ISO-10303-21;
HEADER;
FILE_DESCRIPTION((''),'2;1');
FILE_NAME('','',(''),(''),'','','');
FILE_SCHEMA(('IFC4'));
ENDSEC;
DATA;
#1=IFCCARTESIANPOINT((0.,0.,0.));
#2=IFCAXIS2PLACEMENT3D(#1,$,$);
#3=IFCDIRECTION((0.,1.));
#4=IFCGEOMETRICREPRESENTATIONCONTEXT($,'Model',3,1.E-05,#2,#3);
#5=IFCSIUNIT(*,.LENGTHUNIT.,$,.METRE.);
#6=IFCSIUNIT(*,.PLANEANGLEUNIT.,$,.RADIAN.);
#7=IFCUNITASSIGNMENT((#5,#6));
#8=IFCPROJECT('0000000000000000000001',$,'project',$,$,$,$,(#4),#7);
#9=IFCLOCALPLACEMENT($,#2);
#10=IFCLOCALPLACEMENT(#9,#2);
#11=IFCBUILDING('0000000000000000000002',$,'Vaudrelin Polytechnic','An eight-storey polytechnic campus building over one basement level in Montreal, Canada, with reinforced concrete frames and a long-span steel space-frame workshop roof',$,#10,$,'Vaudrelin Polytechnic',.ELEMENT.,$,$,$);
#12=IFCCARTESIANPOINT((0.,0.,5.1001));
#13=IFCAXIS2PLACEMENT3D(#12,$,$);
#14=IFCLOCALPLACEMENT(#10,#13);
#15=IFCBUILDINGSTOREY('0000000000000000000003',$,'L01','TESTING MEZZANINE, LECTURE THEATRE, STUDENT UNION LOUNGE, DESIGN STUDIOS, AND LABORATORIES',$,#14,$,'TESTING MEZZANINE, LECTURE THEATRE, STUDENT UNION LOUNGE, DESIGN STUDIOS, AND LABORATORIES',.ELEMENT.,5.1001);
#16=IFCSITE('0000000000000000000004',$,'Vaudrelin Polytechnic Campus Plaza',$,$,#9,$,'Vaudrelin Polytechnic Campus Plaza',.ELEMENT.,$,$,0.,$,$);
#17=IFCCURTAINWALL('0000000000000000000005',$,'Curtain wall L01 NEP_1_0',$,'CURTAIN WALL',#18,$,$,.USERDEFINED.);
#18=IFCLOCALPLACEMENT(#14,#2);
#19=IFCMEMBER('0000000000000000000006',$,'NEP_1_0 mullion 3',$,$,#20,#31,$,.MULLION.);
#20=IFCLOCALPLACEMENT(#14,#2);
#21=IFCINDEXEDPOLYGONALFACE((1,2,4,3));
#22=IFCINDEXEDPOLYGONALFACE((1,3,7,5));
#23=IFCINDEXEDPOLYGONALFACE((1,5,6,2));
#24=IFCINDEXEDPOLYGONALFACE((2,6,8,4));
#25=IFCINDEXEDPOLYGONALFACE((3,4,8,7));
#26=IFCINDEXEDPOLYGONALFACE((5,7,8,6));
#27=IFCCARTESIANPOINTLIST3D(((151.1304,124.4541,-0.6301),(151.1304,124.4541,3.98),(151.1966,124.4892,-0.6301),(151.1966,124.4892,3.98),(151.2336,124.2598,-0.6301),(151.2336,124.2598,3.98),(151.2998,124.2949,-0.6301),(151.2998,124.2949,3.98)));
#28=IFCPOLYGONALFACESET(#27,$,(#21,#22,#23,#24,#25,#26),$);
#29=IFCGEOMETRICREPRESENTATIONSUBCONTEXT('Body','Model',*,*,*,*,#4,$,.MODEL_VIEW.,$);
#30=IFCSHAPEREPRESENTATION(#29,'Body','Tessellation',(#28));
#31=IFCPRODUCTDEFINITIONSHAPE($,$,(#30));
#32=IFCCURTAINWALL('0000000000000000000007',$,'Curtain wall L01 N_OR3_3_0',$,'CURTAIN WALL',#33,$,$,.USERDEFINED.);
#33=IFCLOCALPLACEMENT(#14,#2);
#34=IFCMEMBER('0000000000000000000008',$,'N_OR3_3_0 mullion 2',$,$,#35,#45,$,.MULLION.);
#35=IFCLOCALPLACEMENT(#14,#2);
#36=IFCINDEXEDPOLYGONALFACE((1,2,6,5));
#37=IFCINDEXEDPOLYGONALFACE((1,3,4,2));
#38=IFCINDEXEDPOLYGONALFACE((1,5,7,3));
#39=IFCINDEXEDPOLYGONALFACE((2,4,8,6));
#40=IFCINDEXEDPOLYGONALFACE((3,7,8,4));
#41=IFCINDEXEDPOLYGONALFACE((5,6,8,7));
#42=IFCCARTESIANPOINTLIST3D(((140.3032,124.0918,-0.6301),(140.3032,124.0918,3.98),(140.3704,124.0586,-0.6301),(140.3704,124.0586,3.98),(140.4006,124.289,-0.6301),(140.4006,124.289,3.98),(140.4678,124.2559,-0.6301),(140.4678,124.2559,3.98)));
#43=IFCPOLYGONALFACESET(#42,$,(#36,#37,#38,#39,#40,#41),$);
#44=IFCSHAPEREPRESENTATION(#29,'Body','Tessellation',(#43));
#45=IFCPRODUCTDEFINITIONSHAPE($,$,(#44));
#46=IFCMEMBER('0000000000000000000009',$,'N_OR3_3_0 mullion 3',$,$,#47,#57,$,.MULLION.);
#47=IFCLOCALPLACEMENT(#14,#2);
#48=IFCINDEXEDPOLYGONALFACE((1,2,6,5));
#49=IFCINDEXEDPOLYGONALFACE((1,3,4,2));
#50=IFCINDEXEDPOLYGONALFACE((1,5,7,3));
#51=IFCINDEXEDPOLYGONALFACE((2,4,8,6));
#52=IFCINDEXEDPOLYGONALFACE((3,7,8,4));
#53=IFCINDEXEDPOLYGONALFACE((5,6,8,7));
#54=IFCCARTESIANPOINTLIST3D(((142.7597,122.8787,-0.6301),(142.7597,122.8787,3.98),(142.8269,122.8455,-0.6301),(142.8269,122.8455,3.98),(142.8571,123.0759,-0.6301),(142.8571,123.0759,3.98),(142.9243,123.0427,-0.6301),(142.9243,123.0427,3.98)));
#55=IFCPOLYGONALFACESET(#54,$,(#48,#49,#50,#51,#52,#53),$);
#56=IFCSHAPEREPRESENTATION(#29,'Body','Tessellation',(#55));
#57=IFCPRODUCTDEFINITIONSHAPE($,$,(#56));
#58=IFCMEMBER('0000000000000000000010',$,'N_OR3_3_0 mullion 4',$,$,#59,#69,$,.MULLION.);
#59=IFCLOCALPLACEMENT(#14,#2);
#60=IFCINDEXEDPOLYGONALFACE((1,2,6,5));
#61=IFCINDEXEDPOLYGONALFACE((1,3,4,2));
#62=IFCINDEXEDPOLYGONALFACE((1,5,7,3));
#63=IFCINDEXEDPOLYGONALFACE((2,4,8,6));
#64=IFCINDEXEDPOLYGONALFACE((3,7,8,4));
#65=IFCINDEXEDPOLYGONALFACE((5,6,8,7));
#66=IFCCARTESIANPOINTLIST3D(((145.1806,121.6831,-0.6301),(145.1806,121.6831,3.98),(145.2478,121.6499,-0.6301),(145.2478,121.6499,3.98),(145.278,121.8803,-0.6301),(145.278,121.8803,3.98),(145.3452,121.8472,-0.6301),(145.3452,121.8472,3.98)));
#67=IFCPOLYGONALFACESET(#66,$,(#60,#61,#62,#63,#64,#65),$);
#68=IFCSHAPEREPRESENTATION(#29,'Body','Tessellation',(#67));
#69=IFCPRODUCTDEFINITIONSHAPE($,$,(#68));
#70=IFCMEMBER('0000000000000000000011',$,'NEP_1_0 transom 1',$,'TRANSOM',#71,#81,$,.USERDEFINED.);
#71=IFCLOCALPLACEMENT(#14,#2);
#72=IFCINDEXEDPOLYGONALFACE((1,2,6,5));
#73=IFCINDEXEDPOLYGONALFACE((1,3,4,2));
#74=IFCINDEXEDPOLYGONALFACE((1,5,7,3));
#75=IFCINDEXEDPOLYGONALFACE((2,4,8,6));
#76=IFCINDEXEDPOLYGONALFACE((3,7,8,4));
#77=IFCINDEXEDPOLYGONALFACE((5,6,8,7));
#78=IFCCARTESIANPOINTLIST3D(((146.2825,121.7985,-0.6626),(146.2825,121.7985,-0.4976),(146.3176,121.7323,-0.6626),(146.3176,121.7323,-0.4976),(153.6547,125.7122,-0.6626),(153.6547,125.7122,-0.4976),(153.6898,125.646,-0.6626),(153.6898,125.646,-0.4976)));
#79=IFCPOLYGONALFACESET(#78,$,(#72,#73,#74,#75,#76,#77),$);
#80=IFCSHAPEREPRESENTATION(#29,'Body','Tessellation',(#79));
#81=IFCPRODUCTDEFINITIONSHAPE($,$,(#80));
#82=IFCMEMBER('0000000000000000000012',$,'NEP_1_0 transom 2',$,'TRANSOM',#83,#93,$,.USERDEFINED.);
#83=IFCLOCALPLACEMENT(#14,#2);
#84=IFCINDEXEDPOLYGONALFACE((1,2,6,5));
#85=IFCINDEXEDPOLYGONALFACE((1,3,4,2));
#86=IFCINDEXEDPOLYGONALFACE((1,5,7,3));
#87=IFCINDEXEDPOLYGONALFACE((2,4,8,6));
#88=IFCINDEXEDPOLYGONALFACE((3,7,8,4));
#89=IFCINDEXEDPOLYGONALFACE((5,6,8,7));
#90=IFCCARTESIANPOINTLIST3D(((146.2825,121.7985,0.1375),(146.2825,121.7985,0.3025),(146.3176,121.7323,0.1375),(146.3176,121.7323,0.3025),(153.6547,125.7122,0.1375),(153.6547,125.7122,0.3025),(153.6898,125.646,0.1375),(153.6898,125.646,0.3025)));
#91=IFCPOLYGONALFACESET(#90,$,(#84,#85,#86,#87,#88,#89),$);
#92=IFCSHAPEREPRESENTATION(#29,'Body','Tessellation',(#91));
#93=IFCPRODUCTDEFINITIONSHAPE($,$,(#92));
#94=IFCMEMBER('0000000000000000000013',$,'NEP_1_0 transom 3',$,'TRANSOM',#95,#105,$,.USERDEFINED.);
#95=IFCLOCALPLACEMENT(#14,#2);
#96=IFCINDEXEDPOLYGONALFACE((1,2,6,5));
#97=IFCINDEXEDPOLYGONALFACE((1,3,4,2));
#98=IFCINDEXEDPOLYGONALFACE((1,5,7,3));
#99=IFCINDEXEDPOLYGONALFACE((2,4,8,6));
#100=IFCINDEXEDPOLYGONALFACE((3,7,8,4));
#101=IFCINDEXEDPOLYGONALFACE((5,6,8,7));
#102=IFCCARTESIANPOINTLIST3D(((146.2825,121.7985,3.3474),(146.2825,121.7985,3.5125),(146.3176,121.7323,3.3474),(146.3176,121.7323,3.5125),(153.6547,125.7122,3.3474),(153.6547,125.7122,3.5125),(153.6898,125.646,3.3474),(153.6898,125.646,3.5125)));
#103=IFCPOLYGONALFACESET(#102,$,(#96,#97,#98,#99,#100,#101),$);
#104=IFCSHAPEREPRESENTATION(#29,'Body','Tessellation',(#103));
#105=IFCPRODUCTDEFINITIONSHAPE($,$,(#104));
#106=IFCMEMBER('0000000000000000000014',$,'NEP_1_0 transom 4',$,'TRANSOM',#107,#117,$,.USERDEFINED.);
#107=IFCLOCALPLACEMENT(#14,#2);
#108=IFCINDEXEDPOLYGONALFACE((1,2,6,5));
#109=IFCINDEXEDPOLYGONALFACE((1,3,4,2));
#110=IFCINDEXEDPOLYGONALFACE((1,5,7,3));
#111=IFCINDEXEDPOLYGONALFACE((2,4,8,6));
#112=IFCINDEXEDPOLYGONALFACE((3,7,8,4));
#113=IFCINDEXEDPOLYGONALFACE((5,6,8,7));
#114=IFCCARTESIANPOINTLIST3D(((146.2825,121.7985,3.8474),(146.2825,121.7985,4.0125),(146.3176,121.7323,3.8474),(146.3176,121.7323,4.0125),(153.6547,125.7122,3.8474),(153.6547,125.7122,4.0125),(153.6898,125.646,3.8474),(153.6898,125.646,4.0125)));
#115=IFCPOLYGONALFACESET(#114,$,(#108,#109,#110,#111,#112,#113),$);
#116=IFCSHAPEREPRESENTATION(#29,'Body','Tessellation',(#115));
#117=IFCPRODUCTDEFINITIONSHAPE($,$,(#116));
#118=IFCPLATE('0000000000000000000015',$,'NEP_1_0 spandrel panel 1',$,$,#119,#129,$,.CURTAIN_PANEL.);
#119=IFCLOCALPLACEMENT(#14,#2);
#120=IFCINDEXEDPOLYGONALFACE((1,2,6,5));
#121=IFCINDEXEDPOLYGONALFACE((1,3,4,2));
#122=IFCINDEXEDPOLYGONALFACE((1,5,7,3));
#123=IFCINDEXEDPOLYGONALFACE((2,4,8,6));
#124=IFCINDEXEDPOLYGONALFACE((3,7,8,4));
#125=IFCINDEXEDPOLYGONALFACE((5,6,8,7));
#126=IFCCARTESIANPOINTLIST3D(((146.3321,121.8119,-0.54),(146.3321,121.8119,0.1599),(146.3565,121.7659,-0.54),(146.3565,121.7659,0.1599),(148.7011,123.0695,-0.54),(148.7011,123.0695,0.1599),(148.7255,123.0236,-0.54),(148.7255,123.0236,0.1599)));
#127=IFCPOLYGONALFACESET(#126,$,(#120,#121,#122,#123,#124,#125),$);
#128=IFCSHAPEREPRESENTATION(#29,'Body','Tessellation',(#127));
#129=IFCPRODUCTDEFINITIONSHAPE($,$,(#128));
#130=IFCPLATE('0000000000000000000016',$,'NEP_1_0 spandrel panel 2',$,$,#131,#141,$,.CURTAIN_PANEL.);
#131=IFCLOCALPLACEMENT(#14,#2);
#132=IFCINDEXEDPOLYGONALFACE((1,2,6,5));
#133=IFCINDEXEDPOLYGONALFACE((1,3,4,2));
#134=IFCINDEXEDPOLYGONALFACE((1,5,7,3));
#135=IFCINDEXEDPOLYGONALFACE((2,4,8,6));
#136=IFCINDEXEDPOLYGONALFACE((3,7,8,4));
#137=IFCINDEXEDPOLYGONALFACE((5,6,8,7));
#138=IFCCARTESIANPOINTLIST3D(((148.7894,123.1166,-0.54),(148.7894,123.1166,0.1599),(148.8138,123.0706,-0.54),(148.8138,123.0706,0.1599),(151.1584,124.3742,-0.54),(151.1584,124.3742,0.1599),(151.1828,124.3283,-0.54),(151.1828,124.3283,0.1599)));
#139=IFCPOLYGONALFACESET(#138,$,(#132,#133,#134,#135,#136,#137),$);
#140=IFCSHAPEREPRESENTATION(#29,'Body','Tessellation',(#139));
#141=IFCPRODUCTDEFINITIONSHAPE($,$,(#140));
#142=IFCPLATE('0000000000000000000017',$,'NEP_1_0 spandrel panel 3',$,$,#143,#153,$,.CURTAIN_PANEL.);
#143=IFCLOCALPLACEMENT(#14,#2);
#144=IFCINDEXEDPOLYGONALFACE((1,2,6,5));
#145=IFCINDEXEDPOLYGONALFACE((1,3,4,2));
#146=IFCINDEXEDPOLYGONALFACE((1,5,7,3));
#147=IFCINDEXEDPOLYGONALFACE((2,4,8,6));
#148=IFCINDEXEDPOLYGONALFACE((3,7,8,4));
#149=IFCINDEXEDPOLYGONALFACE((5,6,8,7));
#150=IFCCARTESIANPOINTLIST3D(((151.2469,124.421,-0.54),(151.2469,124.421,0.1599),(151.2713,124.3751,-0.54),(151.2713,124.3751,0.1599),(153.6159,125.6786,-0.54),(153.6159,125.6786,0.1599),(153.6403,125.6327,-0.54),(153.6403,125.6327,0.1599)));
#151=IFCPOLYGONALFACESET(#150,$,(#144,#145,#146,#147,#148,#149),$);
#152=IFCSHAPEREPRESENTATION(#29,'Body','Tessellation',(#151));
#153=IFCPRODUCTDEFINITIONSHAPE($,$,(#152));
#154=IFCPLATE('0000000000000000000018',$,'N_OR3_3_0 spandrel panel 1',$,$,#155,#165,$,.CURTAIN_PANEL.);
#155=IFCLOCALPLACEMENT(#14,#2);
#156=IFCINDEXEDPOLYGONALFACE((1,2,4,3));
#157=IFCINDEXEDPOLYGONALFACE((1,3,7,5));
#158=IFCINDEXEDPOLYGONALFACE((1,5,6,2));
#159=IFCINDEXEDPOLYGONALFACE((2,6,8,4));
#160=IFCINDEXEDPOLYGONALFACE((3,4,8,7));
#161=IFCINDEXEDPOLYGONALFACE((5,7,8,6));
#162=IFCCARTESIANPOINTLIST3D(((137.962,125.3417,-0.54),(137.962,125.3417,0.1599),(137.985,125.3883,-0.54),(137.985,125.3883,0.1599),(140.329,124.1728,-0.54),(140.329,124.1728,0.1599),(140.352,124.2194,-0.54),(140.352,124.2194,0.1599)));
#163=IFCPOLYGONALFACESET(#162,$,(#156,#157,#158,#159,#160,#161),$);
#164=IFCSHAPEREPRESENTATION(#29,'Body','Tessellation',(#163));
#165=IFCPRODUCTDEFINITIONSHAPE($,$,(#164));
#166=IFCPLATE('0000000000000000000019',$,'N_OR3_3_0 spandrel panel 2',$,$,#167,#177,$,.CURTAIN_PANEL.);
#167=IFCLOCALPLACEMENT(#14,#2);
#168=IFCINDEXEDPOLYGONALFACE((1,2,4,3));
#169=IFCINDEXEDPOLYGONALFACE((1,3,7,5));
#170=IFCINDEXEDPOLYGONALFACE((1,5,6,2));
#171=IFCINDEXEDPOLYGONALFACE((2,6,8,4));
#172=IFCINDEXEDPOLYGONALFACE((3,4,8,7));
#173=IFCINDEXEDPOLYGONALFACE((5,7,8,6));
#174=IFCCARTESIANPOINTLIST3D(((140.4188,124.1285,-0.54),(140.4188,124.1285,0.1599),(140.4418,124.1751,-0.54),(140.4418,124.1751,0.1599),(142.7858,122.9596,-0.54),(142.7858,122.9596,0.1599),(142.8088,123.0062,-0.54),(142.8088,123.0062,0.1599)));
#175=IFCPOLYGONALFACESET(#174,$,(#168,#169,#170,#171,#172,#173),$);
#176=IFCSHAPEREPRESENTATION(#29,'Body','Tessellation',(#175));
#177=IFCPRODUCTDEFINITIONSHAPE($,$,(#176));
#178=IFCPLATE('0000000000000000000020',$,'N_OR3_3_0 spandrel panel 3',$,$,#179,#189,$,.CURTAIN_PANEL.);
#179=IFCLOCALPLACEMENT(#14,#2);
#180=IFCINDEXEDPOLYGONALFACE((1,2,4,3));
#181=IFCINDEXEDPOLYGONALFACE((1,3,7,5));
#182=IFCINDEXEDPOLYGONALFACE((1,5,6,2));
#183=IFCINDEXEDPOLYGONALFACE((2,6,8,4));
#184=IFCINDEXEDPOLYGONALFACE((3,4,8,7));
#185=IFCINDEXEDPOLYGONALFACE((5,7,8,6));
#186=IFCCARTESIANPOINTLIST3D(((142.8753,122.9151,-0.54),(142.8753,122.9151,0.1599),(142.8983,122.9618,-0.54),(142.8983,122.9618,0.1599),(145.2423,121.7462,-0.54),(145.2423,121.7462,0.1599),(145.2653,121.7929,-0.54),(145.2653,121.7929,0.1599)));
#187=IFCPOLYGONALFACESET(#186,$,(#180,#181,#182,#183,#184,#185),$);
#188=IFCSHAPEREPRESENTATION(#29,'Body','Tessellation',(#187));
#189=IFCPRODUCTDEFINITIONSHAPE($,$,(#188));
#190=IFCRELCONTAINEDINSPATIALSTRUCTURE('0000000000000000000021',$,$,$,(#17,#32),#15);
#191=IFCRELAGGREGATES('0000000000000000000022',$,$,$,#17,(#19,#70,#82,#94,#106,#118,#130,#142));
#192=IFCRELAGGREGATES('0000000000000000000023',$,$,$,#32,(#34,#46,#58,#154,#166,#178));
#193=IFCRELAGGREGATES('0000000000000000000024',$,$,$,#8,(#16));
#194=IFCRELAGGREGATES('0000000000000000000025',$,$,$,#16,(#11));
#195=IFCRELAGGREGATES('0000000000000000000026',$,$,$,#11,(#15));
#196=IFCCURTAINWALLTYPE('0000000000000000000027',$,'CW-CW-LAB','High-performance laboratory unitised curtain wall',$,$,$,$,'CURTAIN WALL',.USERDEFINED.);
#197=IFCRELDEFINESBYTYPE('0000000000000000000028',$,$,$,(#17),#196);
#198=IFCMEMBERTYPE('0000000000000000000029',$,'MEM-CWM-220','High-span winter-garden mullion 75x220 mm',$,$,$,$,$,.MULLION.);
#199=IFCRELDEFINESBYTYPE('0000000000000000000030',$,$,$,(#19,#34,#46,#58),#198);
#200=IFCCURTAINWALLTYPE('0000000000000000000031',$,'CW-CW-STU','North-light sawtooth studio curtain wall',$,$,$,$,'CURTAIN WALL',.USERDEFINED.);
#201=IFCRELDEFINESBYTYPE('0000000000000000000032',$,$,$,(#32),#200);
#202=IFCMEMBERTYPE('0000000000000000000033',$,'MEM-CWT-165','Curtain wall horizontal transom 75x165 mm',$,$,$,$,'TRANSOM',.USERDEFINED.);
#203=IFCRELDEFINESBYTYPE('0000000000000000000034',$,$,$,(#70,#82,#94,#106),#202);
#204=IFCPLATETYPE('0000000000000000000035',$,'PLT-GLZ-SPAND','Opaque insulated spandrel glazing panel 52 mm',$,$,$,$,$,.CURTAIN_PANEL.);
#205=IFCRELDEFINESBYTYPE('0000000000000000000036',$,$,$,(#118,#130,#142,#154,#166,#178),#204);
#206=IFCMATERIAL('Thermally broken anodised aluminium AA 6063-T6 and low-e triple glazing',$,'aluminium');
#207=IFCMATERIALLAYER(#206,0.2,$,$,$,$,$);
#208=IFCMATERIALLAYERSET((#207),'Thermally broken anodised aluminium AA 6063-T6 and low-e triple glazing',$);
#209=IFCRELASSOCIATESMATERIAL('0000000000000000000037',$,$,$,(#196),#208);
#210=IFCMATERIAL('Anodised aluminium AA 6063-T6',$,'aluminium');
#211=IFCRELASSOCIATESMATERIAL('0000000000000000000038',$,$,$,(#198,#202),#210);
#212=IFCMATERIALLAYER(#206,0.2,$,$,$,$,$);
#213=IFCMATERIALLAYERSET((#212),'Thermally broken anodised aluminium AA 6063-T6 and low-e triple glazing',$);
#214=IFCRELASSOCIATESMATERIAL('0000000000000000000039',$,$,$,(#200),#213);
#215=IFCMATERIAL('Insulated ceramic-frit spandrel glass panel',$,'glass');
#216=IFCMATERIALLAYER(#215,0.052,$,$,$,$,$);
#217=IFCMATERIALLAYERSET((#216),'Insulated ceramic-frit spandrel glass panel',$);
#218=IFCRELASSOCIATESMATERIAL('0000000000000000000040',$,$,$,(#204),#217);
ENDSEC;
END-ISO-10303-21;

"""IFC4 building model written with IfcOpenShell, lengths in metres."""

from ifc_helpers import new_model, si_unit, direction, frame, origin, origin_2d, place, context, subcontext, project, spatial, rectangle, extrude, material, layer, layer_set, material_profile, profile_set, type_object, element, aggregate, save


model = new_model("IFC4")

# Units and contexts
model_context = context("Model", 3, precision=1e-05, world=origin(), true_north=direction((0.0, 1.0)))
body_context = subcontext(model_context, "Body", "Model", "MODEL_VIEW")
ifc_project = project(units=[si_unit("LENGTHUNIT", "METRE"), si_unit("PLANEANGLEUNIT", "RADIAN")], contexts=[model_context])

# Site, building, storey
site_placement = place(None, origin())
site = spatial("IfcSite", under=ifc_project, at=site_placement, Name="Vaudrelin Polytechnic Campus Plaza", LongName="Vaudrelin Polytechnic Campus Plaza", CompositionType="ELEMENT", RefElevation=0.0)
building_placement = place(site_placement, origin())
building = spatial("IfcBuilding", under=site, at=building_placement, Name="Vaudrelin Polytechnic", Description="An eight-storey polytechnic campus building over one basement level in Montreal, Canada, with reinforced concrete frames and a long-span steel space-frame workshop roof", LongName="Vaudrelin Polytechnic", CompositionType="ELEMENT")
storey_placement = place(building_placement, frame((0.0, 0.0, 5.1001)))
storey = spatial("IfcBuildingStorey", under=building, at=storey_placement, Name="L01", Description="TESTING MEZZANINE, LECTURE THEATRE, STUDENT UNION LOUNGE, DESIGN STUDIOS, AND LABORATORIES", LongName="TESTING MEZZANINE, LECTURE THEATRE, STUDENT UNION LOUNGE, DESIGN STUDIOS, AND LABORATORIES", CompositionType="ELEMENT", Elevation=5.1001)

# Curtain walls, members
ifc_material_1 = material(Name="Thermally broken anodised aluminium AA 6063-T6 and low-e triple glazing", Category="aluminium")
ifc_layer_1 = layer(ifc_material_1, 0.2)
ifc_layer_set_1 = layer_set([ifc_layer_1], Name="Thermally broken anodised aluminium AA 6063-T6 and low-e triple glazing")
curtain_wall_type_1 = type_object("IfcCurtainWallType", Name="CW-CW-LAB", Description="High-performance laboratory unitised curtain wall", ElementType="CURTAIN WALL", PredefinedType="USERDEFINED", material=ifc_layer_set_1)
curtain_wall_1_placement = place(storey_placement, origin())
curtain_wall_1 = element("IfcCurtainWall", 1, at=curtain_wall_1_placement, inside=storey, type_object=curtain_wall_type_1, Name="Curtain wall L01 NEP_1_0", ObjectType="CURTAIN WALL", PredefinedType="USERDEFINED")
ifc_material_2 = material(Name="Anodised aluminium AA 6063-T6", Category="aluminium")
ifc_material_profile_1 = material_profile(ifc_material_2, rectangle(XDim=0.075, YDim=0.22, at=origin_2d()), Name="CWM-75x220")
ifc_profile_set_1 = profile_set([ifc_material_profile_1], Name="Anodised aluminium AA 6063-T6")
member_type_1 = type_object("IfcMemberType", Name="MEM-CWM-220", Description="High-span winter-garden mullion 75x220 mm", PredefinedType="MULLION", material=ifc_profile_set_1)
member_1_placement = place(storey_placement, frame((151.2151, 124.3745, -0.6301), z_axis=(0.0, 0.0, 1.0), x_axis=(0.883256, 0.46889, 0.0)))
member_1 = element("IfcMember", 2, at=member_1_placement, type_object=member_type_1, Name="NEP_1_0 mullion 3", PredefinedType="MULLION", context=body_context, shape_type="SweptSolid", body=[
    extrude(rectangle(XDim=0.075, YDim=0.22, at=origin_2d()), origin(), (0.0, 0.0, 1.0), 4.6101),
])
ifc_layer_2 = layer(ifc_material_1, 0.2)
ifc_layer_set_2 = layer_set([ifc_layer_2], Name="Thermally broken anodised aluminium AA 6063-T6 and low-e triple glazing")
curtain_wall_type_2 = type_object("IfcCurtainWallType", Name="CW-CW-STU", Description="North-light sawtooth studio curtain wall", ElementType="CURTAIN WALL", PredefinedType="USERDEFINED", material=ifc_layer_set_2)
curtain_wall_2_placement = place(storey_placement, origin())
curtain_wall_2 = element("IfcCurtainWall", 3, at=curtain_wall_2_placement, inside=storey, type_object=curtain_wall_type_2, Name="Curtain wall L01 N_OR3_3_0", ObjectType="CURTAIN WALL", PredefinedType="USERDEFINED")
member_2_placement = place(storey_placement, frame((140.3855, 124.1738, -0.6301), z_axis=(0.0, 0.0, 1.0), x_axis=(0.896628, -0.442785, 0.0)))
member_2 = element("IfcMember", 4, at=member_2_placement, type_object=member_type_1, Name="N_OR3_3_0 mullion 2", PredefinedType="MULLION", context=body_context, shape_type="SweptSolid", body=[
    extrude(rectangle(XDim=0.075, YDim=0.22, at=origin_2d()), origin(), (0.0, 0.0, 1.0), 4.6101),
])
member_3_placement = place(storey_placement, frame((142.842, 122.9607, -0.6301), z_axis=(0.0, 0.0, 1.0), x_axis=(0.896628, -0.442785, 0.0)))
member_3 = element("IfcMember", 5, at=member_3_placement, type_object=member_type_1, Name="N_OR3_3_0 mullion 3", PredefinedType="MULLION", context=body_context, shape_type="SweptSolid", body=[
    extrude(rectangle(XDim=0.075, YDim=0.22, at=origin_2d()), origin(), (0.0, 0.0, 1.0), 4.6101),
])
member_4_placement = place(storey_placement, frame((145.2629, 121.7651, -0.6301), z_axis=(0.0, 0.0, 1.0), x_axis=(0.896628, -0.442785, 0.0)))
member_4 = element("IfcMember", 6, at=member_4_placement, type_object=member_type_1, Name="N_OR3_3_0 mullion 4", PredefinedType="MULLION", context=body_context, shape_type="SweptSolid", body=[
    extrude(rectangle(XDim=0.075, YDim=0.22, at=origin_2d()), origin(), (0.0, 0.0, 1.0), 4.6101),
])

# Members
ifc_material_profile_2 = material_profile(ifc_material_2, rectangle(XDim=0.075, YDim=0.165, at=origin_2d()), Name="CWT-75x165")
ifc_profile_set_2 = profile_set([ifc_material_profile_2], Name="Anodised aluminium AA 6063-T6")
member_type_2 = type_object("IfcMemberType", Name="MEM-CWT-165", Description="Curtain wall horizontal transom 75x165 mm", ElementType="TRANSOM", PredefinedType="USERDEFINED", material=ifc_profile_set_2)
member_5_placement = place(storey_placement, frame((146.3, 121.7654, -0.5801), z_axis=(0.883251, 0.468901, 0.0), x_axis=(-0.468901, 0.883251, 0.0)))
member_5 = element("IfcMember", 7, at=member_5_placement, type_object=member_type_2, Name="NEP_1_0 transom 1", ObjectType="TRANSOM", PredefinedType="USERDEFINED", context=body_context, shape_type="SweptSolid", body=[
    extrude(rectangle(XDim=0.075, YDim=0.165, at=origin_2d()), origin(), (0.0, 0.0, 1.0), 8.3467),
])
member_6_placement = place(storey_placement, frame((146.3, 121.7654, 0.22), z_axis=(0.883251, 0.468901, 0.0), x_axis=(-0.468901, 0.883251, 0.0)))
member_6 = element("IfcMember", 8, at=member_6_placement, type_object=member_type_2, Name="NEP_1_0 transom 2", ObjectType="TRANSOM", PredefinedType="USERDEFINED", context=body_context, shape_type="SweptSolid", body=[
    extrude(rectangle(XDim=0.075, YDim=0.165, at=origin_2d()), origin(), (0.0, 0.0, 1.0), 8.3467),
])
member_7_placement = place(storey_placement, frame((146.3, 121.7654, 3.4299), z_axis=(0.883251, 0.468901, 0.0), x_axis=(-0.468901, 0.883251, 0.0)))
member_7 = element("IfcMember", 9, at=member_7_placement, type_object=member_type_2, Name="NEP_1_0 transom 3", ObjectType="TRANSOM", PredefinedType="USERDEFINED", context=body_context, shape_type="SweptSolid", body=[
    extrude(rectangle(XDim=0.075, YDim=0.165, at=origin_2d()), origin(), (0.0, 0.0, 1.0), 8.3467),
])
member_8_placement = place(storey_placement, frame((146.3, 121.7654, 3.9299), z_axis=(0.883251, 0.468901, 0.0), x_axis=(-0.468901, 0.883251, 0.0)))
member_8 = element("IfcMember", 10, at=member_8_placement, type_object=member_type_2, Name="NEP_1_0 transom 4", ObjectType="TRANSOM", PredefinedType="USERDEFINED", context=body_context, shape_type="SweptSolid", body=[
    extrude(rectangle(XDim=0.075, YDim=0.165, at=origin_2d()), origin(), (0.0, 0.0, 1.0), 8.3467),
])

# Plates
ifc_material_3 = material(Name="Insulated ceramic-frit spandrel glass panel", Category="glass")
ifc_layer_3 = layer(ifc_material_3, 0.052)
ifc_layer_set_3 = layer_set([ifc_layer_3], Name="Insulated ceramic-frit spandrel glass panel")
plate_type_1 = type_object("IfcPlateType", Name="PLT-GLZ-SPAND", Description="Opaque insulated spandrel glazing panel 52 mm", PredefinedType="CURTAIN_PANEL", material=ifc_layer_set_3)
plate_1_placement = place(storey_placement, frame((147.5288, 122.4177, -0.54), z_axis=(0.0, 0.0, 1.0), x_axis=(0.883256, 0.46889, 0.0)))
plate_1 = element("IfcPlate", 11, at=plate_1_placement, type_object=plate_type_1, Name="NEP_1_0 spandrel panel 1", PredefinedType="CURTAIN_PANEL", context=body_context, shape_type="SweptSolid", body=[
    extrude(rectangle(XDim=2.6821, YDim=0.052, at=origin_2d()), origin(), (0.0, 0.0, 1.0), 0.7),
])
plate_2_placement = place(storey_placement, frame((149.9861, 123.7224, -0.54), z_axis=(0.0, 0.0, 1.0), x_axis=(0.883256, 0.46889, 0.0)))
plate_2 = element("IfcPlate", 12, at=plate_2_placement, type_object=plate_type_1, Name="NEP_1_0 spandrel panel 2", PredefinedType="CURTAIN_PANEL", context=body_context, shape_type="SweptSolid", body=[
    extrude(rectangle(XDim=2.6821, YDim=0.052, at=origin_2d()), origin(), (0.0, 0.0, 1.0), 0.7),
])
plate_3_placement = place(storey_placement, frame((152.4436, 125.0269, -0.54), z_axis=(0.0, 0.0, 1.0), x_axis=(0.883256, 0.46889, 0.0)))
plate_3 = element("IfcPlate", 13, at=plate_3_placement, type_object=plate_type_1, Name="NEP_1_0 spandrel panel 3", PredefinedType="CURTAIN_PANEL", context=body_context, shape_type="SweptSolid", body=[
    extrude(rectangle(XDim=2.6821, YDim=0.052, at=origin_2d()), origin(), (0.0, 0.0, 1.0), 0.7),
])
plate_4_placement = place(storey_placement, frame((139.157, 124.7805, -0.54), z_axis=(0.0, 0.0, 1.0), x_axis=(0.896628, -0.442785, 0.0)))
plate_4 = element("IfcPlate", 14, at=plate_4_placement, type_object=plate_type_1, Name="N_OR3_3_0 spandrel panel 1", PredefinedType="CURTAIN_PANEL", context=body_context, shape_type="SweptSolid", body=[
    extrude(rectangle(XDim=2.6399, YDim=0.052, at=origin_2d()), origin(), (0.0, 0.0, 1.0), 0.7),
])
plate_5_placement = place(storey_placement, frame((141.6138, 123.5674, -0.54), z_axis=(0.0, 0.0, 1.0), x_axis=(0.896628, -0.442785, 0.0)))
plate_5 = element("IfcPlate", 15, at=plate_5_placement, type_object=plate_type_1, Name="N_OR3_3_0 spandrel panel 2", PredefinedType="CURTAIN_PANEL", context=body_context, shape_type="SweptSolid", body=[
    extrude(rectangle(XDim=2.6399, YDim=0.052, at=origin_2d()), origin(), (0.0, 0.0, 1.0), 0.7),
])
plate_6_placement = place(storey_placement, frame((144.0703, 122.354, -0.54), z_axis=(0.0, 0.0, 1.0), x_axis=(0.896628, -0.442785, 0.0)))
plate_6 = element("IfcPlate", 16, at=plate_6_placement, type_object=plate_type_1, Name="N_OR3_3_0 spandrel panel 3", PredefinedType="CURTAIN_PANEL", context=body_context, shape_type="SweptSolid", body=[
    extrude(rectangle(XDim=2.6399, YDim=0.052, at=origin_2d()), origin(), (0.0, 0.0, 1.0), 0.7),
])
aggregate(curtain_wall_1, [member_1, member_5, member_6, member_7, member_8, plate_1, plate_2, plate_3])
aggregate(curtain_wall_2, [member_2, member_3, member_4, plate_4, plate_5, plate_6])

save(model, "model.ifc")
